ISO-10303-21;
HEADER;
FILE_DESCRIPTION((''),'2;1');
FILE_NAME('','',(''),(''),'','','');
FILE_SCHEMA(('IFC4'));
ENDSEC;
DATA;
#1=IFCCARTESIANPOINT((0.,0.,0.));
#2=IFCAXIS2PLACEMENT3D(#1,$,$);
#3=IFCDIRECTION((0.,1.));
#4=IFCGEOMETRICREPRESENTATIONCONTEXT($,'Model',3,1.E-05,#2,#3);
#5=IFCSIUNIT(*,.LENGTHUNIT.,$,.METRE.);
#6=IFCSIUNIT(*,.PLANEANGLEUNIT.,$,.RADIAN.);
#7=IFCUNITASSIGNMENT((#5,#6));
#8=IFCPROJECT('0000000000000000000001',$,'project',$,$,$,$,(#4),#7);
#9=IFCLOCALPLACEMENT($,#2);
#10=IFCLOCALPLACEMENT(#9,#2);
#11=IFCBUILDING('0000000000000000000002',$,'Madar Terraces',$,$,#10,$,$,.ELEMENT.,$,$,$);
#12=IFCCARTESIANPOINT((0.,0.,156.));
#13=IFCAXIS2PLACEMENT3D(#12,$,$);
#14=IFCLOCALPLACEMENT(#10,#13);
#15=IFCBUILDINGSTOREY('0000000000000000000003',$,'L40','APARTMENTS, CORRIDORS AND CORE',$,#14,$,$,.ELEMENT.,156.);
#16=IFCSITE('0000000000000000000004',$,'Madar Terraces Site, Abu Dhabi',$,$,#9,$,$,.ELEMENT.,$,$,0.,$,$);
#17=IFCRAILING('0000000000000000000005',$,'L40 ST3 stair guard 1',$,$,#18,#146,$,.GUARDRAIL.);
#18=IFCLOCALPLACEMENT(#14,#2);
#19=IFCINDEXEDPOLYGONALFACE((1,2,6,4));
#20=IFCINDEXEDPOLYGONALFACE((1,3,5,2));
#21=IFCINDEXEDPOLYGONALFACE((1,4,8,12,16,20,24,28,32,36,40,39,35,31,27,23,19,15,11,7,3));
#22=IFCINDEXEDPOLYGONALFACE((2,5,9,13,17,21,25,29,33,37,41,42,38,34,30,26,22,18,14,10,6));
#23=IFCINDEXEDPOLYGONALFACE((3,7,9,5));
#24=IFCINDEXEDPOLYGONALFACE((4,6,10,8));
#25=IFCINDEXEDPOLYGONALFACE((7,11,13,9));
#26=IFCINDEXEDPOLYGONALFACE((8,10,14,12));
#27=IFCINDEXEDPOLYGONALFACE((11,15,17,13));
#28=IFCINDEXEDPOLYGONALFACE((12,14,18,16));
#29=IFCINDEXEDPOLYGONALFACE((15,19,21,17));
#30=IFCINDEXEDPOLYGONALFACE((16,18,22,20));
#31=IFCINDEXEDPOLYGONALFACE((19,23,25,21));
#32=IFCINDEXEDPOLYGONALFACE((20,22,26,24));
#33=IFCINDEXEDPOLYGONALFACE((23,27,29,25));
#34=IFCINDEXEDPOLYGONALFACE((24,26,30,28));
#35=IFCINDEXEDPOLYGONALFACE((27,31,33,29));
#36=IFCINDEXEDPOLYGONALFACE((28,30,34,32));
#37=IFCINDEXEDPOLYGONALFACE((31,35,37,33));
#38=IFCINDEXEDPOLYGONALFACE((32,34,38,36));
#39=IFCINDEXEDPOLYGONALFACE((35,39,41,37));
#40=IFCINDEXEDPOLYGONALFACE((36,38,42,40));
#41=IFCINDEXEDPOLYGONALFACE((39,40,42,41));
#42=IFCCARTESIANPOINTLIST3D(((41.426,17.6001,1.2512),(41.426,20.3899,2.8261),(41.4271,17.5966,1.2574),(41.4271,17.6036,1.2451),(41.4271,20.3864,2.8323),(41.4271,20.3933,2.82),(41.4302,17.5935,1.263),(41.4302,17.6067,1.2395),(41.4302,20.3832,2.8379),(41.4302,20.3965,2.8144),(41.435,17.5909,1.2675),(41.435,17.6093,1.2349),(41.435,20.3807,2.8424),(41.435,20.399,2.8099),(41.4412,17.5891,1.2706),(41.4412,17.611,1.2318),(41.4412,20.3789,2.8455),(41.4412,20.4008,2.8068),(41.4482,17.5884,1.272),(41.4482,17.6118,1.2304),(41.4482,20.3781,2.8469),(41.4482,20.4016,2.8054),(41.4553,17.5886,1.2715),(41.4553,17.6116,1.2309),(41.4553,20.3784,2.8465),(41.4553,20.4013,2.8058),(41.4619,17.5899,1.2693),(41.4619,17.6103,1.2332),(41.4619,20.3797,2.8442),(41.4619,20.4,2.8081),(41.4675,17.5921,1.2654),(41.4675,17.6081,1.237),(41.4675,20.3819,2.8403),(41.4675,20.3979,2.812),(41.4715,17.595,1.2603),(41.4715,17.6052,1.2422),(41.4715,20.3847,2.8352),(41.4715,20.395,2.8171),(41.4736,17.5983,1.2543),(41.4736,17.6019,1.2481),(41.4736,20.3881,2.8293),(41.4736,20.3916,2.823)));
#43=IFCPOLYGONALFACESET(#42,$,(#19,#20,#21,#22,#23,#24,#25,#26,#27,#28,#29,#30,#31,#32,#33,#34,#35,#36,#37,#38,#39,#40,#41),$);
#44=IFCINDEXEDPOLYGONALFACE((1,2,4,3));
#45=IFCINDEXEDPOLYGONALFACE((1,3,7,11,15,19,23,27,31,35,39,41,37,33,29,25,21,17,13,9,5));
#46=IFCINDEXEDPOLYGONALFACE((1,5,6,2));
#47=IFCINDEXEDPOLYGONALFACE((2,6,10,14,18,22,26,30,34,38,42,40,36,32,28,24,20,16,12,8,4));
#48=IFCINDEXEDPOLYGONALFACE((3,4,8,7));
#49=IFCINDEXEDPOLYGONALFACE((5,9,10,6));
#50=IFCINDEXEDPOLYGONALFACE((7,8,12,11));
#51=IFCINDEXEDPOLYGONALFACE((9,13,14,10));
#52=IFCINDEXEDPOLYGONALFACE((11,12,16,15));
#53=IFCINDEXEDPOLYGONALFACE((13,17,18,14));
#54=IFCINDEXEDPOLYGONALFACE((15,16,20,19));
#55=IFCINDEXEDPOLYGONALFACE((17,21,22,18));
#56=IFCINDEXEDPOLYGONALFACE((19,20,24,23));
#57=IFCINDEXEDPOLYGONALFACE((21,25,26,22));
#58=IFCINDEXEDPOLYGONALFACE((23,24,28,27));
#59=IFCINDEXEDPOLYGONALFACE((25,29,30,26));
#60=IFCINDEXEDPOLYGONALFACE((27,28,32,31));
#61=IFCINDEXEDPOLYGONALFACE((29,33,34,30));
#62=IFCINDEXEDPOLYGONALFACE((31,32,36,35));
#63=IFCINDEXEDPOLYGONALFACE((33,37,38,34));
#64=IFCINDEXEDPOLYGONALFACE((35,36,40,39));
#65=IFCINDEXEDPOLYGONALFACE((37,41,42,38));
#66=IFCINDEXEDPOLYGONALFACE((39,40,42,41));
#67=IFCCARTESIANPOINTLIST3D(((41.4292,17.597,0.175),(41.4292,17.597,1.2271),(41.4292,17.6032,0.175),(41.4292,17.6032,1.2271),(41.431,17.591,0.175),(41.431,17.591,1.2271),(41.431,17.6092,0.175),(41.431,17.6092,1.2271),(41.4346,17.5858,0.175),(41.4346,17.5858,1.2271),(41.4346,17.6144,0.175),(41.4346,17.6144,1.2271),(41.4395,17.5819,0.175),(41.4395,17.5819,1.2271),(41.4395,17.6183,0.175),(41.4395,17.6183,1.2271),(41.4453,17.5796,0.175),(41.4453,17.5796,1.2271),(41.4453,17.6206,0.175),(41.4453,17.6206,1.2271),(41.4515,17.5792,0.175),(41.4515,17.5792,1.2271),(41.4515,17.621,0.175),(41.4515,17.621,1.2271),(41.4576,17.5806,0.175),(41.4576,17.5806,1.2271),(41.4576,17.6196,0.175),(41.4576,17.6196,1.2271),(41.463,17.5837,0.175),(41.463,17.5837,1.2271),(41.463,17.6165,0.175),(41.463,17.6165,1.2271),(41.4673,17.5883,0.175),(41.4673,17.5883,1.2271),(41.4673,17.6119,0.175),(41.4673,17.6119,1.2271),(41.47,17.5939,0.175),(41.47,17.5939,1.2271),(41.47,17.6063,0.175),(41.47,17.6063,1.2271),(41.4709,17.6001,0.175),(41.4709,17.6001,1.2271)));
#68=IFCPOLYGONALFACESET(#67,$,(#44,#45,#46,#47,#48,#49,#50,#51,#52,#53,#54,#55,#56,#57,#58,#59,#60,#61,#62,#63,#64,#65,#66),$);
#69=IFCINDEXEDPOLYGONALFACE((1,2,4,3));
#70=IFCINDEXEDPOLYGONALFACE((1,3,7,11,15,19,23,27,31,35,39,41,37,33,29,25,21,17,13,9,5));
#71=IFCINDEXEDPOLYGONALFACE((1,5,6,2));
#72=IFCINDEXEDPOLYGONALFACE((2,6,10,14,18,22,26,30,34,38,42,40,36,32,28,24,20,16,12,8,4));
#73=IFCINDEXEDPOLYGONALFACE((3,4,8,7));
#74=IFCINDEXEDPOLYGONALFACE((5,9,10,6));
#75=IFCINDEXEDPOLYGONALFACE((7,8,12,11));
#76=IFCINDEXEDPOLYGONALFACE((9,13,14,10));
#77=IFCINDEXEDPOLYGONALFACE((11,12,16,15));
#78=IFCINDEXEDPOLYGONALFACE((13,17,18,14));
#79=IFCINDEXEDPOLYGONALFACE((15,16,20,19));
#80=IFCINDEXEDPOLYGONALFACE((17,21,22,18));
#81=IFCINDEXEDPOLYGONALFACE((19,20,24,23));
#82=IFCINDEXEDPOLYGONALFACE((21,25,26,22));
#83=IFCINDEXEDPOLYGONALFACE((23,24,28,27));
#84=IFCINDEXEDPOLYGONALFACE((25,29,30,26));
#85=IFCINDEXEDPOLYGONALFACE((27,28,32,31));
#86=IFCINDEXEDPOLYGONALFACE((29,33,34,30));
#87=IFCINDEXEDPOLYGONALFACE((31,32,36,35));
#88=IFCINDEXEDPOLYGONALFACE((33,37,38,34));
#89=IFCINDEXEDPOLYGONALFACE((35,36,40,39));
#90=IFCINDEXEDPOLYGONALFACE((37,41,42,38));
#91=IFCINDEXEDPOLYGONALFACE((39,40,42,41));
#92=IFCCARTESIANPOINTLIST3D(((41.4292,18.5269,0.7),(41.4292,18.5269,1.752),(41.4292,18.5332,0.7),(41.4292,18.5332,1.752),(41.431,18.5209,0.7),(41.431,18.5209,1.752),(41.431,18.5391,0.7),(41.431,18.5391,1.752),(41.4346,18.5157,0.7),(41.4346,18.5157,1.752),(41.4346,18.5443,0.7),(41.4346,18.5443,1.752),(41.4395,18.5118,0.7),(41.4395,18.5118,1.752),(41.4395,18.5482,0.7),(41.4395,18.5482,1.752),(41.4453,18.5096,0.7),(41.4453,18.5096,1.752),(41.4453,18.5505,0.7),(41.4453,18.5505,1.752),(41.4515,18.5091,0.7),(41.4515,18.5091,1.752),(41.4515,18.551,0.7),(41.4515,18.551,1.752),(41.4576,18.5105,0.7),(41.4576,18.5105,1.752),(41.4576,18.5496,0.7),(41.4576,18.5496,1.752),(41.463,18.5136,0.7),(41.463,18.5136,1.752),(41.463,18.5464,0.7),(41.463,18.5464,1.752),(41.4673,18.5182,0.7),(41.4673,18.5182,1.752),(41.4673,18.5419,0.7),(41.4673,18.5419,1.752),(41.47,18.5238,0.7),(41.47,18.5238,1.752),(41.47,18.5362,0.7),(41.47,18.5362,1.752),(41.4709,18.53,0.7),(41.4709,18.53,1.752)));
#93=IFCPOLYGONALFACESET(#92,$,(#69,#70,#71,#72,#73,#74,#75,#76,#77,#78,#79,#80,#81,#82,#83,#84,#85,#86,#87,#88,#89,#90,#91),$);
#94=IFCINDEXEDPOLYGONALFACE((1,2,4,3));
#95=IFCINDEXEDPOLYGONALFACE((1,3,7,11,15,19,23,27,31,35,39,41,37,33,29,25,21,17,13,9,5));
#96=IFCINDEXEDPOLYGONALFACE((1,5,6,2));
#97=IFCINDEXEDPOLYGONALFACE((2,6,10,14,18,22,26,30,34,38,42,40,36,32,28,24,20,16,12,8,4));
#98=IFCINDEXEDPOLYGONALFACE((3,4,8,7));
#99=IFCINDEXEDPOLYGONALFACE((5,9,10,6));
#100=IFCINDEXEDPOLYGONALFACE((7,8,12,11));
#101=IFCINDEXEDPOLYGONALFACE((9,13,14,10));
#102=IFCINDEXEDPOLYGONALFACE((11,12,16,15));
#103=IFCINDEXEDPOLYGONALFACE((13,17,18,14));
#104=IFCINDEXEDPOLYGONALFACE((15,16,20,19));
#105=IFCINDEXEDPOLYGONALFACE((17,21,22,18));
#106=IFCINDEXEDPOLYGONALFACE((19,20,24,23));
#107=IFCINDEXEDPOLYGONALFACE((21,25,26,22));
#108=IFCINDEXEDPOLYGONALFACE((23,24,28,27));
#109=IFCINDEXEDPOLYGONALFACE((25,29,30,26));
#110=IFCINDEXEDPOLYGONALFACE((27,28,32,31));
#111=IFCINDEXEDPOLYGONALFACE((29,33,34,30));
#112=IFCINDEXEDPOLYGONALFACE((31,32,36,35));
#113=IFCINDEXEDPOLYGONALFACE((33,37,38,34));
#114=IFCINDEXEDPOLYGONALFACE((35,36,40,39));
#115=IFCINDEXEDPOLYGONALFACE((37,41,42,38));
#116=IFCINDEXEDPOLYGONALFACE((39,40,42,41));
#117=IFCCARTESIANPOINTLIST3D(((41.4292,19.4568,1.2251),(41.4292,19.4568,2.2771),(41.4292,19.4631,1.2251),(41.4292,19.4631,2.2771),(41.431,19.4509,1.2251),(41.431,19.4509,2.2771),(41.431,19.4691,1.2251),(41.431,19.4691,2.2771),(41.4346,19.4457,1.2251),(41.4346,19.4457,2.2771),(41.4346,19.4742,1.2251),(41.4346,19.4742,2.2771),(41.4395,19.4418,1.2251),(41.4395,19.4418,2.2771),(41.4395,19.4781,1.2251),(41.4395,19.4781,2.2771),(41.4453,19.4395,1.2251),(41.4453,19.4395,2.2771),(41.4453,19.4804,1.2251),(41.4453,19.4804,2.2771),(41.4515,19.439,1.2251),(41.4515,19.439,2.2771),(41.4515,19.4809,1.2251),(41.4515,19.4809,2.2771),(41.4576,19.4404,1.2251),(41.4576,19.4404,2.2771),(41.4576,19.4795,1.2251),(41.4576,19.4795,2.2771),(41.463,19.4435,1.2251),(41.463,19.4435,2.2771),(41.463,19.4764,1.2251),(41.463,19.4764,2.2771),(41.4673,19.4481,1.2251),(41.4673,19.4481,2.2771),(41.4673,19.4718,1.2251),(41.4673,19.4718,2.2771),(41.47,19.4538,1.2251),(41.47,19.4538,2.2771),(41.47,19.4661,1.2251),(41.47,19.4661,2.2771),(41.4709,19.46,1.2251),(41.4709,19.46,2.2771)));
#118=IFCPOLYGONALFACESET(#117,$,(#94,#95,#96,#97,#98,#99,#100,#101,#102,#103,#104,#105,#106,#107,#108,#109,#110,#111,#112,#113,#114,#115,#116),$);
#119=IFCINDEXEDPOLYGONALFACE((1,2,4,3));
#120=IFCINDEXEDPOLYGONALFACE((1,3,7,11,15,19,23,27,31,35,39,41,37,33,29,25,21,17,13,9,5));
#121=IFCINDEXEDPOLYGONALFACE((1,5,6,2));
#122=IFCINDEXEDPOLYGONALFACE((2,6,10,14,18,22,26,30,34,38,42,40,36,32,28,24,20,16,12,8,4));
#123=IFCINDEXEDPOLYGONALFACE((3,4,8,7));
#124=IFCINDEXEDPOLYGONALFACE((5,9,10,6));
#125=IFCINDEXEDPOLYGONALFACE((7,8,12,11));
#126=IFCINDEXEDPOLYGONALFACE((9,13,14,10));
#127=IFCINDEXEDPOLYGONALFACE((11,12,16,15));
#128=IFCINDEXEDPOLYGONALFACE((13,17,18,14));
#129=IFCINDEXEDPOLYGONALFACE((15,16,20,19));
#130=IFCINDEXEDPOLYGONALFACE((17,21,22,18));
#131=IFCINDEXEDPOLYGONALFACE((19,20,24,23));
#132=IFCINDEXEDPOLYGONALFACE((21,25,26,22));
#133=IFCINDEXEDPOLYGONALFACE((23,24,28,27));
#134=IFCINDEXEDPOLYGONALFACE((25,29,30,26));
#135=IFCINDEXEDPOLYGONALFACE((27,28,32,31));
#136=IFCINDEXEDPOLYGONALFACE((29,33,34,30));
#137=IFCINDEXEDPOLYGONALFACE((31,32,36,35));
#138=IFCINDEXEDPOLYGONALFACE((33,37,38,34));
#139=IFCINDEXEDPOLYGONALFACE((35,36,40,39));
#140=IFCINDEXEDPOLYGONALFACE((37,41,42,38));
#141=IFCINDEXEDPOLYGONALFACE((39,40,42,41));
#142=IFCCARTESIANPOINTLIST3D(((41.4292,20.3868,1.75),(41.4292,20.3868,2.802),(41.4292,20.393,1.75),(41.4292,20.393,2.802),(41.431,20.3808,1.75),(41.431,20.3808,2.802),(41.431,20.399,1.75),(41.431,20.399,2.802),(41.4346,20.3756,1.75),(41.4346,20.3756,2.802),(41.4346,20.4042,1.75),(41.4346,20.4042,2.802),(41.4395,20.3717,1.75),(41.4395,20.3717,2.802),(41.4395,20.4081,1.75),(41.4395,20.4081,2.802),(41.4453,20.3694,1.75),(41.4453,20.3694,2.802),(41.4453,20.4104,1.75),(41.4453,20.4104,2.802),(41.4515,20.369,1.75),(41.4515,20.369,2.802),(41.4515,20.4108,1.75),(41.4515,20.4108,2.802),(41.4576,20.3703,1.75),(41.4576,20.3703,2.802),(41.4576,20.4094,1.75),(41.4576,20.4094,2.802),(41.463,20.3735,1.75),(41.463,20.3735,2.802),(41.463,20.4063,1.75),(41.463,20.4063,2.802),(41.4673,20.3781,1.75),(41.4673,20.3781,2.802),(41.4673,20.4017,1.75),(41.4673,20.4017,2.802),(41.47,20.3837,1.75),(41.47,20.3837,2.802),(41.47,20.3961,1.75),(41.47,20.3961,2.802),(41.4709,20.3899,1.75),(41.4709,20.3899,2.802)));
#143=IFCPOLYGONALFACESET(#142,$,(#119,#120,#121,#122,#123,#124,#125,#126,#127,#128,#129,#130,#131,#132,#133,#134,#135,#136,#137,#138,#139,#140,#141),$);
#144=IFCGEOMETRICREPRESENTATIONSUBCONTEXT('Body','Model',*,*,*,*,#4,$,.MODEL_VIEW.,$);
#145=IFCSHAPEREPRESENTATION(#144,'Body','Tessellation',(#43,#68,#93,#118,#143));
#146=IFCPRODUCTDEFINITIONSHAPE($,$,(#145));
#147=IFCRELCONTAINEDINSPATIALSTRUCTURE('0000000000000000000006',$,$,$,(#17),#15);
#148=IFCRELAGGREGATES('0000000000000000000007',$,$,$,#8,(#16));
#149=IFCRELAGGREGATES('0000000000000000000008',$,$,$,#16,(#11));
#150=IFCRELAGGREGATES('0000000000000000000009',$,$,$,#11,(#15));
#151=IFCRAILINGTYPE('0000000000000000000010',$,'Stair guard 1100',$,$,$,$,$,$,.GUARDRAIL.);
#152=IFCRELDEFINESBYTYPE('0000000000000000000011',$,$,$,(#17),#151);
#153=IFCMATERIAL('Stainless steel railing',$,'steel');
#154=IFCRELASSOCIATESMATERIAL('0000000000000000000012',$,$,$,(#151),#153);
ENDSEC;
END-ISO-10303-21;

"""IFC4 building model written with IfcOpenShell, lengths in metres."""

from ifc_helpers import new_model, si_unit, direction, frame, origin, origin_2d, place, context, subcontext, project, spatial, circle, extrude, material, type_object, element, save


model = new_model("IFC4")

# Units and contexts
model_context = context("Model", 3, precision=1e-05, world=origin(), true_north=direction((0.0, 1.0)))
body_context = subcontext(model_context, "Body", "Model", "MODEL_VIEW")
ifc_project = project(units=[si_unit("LENGTHUNIT", "METRE"), si_unit("PLANEANGLEUNIT", "RADIAN")], contexts=[model_context])

# Site, building, storey
site_placement = place(None, origin())
site = spatial("IfcSite", under=ifc_project, at=site_placement, Name="Madar Terraces Site, Abu Dhabi", CompositionType="ELEMENT", RefElevation=0.0)
building_placement = place(site_placement, origin())
building = spatial("IfcBuilding", under=site, at=building_placement, Name="Madar Terraces", CompositionType="ELEMENT")
storey_placement = place(building_placement, frame((0.0, 0.0, 156.0)))
storey = spatial("IfcBuildingStorey", under=building, at=storey_placement, Name="L40", Description="APARTMENTS, CORRIDORS AND CORE", CompositionType="ELEMENT", Elevation=156.0)

# Railing
ifc_material_1 = material(Name="Stainless steel railing", Category="steel")
railing_type_1 = type_object("IfcRailingType", Name="Stair guard 1100", PredefinedType="GUARDRAIL", material=ifc_material_1)
railing_1_placement = place(storey_placement, frame((41.45, 17.6001, 0.175)))
element("IfcRailing", 1, at=railing_1_placement, inside=storey, type_object=railing_type_1, Name="L40 ST3 stair guard 1", PredefinedType="GUARDRAIL", context=body_context, shape_type="SweptSolid", body=[
    extrude(circle(Radius=0.0239, at=origin_2d()), frame((0.0, 0.0, 1.0762), z_axis=(0.0, 0.870815, 0.49161), x_axis=(-1.0, 0.0, 0.0)), (0.0, 0.0, 1.0), 3.2036),
    extrude(circle(Radius=0.021, at=origin_2d()), origin(), (0.0, 0.0, 1.0), 1.052),
    extrude(circle(Radius=0.021, at=origin_2d()), frame((0.0, 0.9299, 0.5249)), (0.0, 0.0, 1.0), 1.052),
    extrude(circle(Radius=0.021, at=origin_2d()), frame((0.0, 1.8599, 1.05)), (0.0, 0.0, 1.0), 1.052),
    extrude(circle(Radius=0.021, at=origin_2d()), frame((0.0, 2.7898, 1.575)), (0.0, 0.0, 1.0), 1.052),
])

save(model, "model.ifc")
